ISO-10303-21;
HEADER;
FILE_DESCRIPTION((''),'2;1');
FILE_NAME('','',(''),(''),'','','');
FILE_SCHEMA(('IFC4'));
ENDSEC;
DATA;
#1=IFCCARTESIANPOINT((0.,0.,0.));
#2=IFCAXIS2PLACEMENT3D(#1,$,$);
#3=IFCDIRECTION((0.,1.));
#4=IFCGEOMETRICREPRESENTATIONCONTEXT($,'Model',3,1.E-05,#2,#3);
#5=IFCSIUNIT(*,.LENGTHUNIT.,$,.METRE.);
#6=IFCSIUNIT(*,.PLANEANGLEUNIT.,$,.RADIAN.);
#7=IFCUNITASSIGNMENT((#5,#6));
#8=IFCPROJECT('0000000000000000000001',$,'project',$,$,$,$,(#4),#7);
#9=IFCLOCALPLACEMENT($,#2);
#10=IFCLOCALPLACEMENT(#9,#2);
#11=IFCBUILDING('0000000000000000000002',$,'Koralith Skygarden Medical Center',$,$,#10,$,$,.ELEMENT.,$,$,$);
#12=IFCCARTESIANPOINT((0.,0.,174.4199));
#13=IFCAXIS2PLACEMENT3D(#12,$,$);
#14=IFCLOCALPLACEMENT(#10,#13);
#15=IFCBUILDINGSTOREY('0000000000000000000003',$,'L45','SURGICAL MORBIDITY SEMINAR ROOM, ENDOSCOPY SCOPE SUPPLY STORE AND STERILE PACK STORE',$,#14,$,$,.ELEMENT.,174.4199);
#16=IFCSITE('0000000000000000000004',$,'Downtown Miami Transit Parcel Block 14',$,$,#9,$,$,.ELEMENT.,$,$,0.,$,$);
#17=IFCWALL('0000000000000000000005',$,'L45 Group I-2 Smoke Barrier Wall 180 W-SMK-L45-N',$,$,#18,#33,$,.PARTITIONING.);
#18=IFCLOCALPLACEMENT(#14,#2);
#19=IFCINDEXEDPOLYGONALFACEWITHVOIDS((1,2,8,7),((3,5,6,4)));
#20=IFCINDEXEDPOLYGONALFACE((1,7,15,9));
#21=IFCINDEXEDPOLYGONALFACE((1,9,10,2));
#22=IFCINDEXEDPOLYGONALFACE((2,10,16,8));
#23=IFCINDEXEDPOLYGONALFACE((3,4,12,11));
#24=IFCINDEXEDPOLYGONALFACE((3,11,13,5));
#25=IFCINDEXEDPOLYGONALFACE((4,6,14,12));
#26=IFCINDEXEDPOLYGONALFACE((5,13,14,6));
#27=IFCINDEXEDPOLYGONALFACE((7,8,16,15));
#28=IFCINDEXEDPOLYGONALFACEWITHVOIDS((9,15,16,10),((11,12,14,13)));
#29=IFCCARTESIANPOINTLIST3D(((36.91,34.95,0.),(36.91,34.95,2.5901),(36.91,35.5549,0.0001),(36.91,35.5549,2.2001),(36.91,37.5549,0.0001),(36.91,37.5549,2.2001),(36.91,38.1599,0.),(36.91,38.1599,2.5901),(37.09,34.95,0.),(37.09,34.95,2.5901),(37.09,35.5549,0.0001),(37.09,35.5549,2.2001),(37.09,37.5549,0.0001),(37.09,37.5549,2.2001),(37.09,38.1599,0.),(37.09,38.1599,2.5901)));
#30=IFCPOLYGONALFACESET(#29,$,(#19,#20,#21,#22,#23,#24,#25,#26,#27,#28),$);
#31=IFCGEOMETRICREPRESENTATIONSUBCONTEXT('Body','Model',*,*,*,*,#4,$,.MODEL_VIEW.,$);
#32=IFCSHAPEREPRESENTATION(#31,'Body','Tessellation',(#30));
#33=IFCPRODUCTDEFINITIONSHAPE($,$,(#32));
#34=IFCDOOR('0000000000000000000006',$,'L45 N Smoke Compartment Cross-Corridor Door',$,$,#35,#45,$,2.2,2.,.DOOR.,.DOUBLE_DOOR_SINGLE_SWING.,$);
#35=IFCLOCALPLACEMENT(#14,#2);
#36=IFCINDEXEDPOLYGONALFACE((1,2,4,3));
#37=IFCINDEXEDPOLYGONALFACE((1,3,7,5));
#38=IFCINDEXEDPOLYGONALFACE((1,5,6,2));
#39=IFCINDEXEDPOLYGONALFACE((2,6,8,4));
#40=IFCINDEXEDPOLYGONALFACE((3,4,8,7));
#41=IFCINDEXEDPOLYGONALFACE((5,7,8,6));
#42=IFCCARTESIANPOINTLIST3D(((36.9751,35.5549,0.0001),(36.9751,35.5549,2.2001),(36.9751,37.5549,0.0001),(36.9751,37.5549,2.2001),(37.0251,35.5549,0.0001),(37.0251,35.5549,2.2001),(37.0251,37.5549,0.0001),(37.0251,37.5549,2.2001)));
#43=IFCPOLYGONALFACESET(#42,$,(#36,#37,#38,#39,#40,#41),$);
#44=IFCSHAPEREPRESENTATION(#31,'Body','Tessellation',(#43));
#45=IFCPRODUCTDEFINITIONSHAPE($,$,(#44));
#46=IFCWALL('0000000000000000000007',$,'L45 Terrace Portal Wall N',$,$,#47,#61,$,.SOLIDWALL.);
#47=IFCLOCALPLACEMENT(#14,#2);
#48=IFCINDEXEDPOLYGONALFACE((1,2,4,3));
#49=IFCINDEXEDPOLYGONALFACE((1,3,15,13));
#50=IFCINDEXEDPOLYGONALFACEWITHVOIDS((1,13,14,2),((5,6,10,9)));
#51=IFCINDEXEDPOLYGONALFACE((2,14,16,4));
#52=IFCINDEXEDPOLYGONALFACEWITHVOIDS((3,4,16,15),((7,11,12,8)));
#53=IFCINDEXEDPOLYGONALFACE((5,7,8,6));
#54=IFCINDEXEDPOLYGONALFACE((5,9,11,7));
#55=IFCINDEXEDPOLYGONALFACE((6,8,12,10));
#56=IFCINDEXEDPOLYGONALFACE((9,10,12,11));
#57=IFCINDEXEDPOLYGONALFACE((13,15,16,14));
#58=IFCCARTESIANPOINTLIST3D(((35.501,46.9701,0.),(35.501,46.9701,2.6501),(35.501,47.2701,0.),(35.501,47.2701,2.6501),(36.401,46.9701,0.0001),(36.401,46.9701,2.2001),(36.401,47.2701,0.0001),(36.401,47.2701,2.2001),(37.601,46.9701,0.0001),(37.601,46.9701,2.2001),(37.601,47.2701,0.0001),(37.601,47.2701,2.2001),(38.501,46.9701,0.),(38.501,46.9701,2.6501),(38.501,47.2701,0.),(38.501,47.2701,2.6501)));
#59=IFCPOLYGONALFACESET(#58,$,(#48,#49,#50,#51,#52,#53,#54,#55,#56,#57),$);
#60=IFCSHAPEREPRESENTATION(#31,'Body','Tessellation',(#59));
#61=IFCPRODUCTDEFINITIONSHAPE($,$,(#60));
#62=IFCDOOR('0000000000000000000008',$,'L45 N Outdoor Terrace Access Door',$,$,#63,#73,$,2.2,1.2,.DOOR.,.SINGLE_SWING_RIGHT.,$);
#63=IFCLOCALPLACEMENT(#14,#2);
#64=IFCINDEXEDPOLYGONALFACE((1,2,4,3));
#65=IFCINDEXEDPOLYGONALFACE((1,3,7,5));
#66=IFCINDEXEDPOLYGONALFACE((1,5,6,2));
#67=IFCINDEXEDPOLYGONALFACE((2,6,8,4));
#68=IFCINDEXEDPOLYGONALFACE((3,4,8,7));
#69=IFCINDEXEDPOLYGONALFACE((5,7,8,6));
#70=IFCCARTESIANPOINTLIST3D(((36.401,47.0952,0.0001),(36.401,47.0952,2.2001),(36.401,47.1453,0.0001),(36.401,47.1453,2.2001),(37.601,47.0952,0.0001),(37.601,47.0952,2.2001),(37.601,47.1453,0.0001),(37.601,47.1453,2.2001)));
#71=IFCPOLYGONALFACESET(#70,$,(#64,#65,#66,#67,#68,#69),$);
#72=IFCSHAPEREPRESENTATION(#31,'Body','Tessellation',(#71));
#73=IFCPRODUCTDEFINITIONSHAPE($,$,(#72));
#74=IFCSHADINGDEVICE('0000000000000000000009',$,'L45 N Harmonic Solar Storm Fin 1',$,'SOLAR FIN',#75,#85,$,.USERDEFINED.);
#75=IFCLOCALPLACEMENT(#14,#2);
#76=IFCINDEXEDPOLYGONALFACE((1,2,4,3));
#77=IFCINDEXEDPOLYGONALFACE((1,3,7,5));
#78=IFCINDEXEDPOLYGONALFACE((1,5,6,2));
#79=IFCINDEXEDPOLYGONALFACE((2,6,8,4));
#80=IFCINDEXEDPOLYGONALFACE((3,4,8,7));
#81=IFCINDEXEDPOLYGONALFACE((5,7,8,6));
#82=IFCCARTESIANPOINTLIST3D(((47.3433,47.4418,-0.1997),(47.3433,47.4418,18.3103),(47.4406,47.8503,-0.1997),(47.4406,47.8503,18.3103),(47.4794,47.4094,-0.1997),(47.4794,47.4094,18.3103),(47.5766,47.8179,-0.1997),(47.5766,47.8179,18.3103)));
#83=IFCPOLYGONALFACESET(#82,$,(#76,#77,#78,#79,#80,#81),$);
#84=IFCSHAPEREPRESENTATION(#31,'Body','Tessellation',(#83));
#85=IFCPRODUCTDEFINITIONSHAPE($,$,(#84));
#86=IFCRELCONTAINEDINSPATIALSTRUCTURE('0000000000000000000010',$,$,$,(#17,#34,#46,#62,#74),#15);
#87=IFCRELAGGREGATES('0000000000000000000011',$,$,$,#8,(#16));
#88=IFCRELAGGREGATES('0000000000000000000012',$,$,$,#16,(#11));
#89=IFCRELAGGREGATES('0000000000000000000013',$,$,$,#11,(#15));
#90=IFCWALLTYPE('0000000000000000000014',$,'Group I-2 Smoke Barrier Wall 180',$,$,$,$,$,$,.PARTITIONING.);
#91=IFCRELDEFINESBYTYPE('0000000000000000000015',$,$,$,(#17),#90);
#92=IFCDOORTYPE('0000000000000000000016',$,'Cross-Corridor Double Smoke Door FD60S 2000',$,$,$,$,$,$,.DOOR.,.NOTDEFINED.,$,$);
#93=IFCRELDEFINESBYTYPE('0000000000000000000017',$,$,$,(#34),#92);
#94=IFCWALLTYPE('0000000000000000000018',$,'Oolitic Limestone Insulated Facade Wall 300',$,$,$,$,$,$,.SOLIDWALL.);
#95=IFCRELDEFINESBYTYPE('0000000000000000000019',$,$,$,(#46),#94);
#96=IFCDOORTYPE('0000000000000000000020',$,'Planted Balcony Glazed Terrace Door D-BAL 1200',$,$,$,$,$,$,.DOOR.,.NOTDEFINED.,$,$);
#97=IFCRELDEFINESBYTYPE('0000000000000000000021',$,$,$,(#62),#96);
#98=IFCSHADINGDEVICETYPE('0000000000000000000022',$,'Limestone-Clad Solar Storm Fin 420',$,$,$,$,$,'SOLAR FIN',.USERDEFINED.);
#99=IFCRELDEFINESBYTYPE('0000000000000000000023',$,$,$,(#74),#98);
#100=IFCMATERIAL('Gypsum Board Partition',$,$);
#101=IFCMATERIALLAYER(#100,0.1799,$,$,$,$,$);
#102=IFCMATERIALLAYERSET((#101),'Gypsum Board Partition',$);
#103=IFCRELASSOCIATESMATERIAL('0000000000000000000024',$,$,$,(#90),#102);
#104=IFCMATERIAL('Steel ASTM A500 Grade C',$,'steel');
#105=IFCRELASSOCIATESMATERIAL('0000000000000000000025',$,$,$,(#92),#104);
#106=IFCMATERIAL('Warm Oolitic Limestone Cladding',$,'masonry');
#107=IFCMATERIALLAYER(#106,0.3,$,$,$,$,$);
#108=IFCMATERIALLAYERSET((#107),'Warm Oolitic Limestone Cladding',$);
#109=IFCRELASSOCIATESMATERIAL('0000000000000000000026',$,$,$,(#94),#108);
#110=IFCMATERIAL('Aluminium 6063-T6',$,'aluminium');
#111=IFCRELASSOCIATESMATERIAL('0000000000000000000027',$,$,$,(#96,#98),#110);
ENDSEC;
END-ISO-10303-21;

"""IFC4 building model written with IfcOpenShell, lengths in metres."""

from ifc_helpers import new_model, si_unit, direction, frame, frame_2d, origin, origin_2d, place, context, subcontext, project, spatial, rectangle, extrude, material, layer, layer_set, type_object, element, fill, save


model = new_model("IFC4")

# Units and contexts
model_context = context("Model", 3, precision=1e-05, world=origin(), true_north=direction((0.0, 1.0)))
body_context = subcontext(model_context, "Body", "Model", "MODEL_VIEW")
ifc_project = project(units=[si_unit("LENGTHUNIT", "METRE"), si_unit("PLANEANGLEUNIT", "RADIAN")], contexts=[model_context])

# Site, building, storey
site_placement = place(None, origin())
site = spatial("IfcSite", under=ifc_project, at=site_placement, Name="Downtown Miami Transit Parcel Block 14", CompositionType="ELEMENT", RefElevation=0.0)
building_placement = place(site_placement, origin())
building = spatial("IfcBuilding", under=site, at=building_placement, Name="Koralith Skygarden Medical Center", CompositionType="ELEMENT")
storey_placement = place(building_placement, frame((0.0, 0.0, 174.4199)))
storey = spatial("IfcBuildingStorey", under=building, at=storey_placement, Name="L45", Description="SURGICAL MORBIDITY SEMINAR ROOM, ENDOSCOPY SCOPE SUPPLY STORE AND STERILE PACK STORE", CompositionType="ELEMENT", Elevation=174.4199)

# Shared definitions
ifc_material_1 = material(Name="Aluminium 6063-T6", Category="aluminium")

# Shared definitions
ifc_material_2 = material(Name="Gypsum Board Partition")

# Walls, openings, doors
ifc_layer_1 = layer(ifc_material_2, 0.1799)
ifc_layer_set_1 = layer_set([ifc_layer_1], Name="Gypsum Board Partition")
wall_type_1 = type_object("IfcWallType", Name="Group I-2 Smoke Barrier Wall 180", PredefinedType="PARTITIONING", material=ifc_layer_set_1)
wall_1_placement = place(storey_placement, frame((37.0, 34.95, 0.0), z_axis=(0.0, 0.0, 1.0), x_axis=(0.0, 1.0, 0.0)))
wall_1 = element("IfcWall", 1, at=wall_1_placement, inside=storey, type_object=wall_type_1, Name="L45 Group I-2 Smoke Barrier Wall 180 W-SMK-L45-N", PredefinedType="PARTITIONING", context=body_context, shape_type="SweptSolid", body=[
    extrude(rectangle(XDim=3.21, YDim=0.1799, at=frame_2d((1.605, 0.0))), origin(), (0.0, 0.0, 1.0), 2.5901),
])
opening_1_placement = place(wall_1_placement, frame((0.605, 0.0, 0.0)))
opening_1 = element("IfcOpeningElement", 2, at=opening_1_placement, cuts=wall_1, PredefinedType="OPENING", context=body_context, shape_type="SweptSolid", body=[
    extrude(rectangle(XDim=2.0, YDim=2.2, at=frame_2d((1.0, 1.1001))), frame((0.0, 0.0999, 0.0), z_axis=(0.0, -1.0, 0.0), x_axis=(1.0, 0.0, 0.0)), (0.0, 0.0, 1.0), 0.2),
])
ifc_material_3 = material(Name="Steel ASTM A500 Grade C", Category="steel")
door_type_1 = type_object("IfcDoorType", Name="Cross-Corridor Double Smoke Door FD60S 2000", OperationType="NOTDEFINED", PredefinedType="DOOR", material=ifc_material_3)
door_1_placement = place(opening_1_placement, origin())
door_1 = element("IfcDoor", 3, at=door_1_placement, inside=storey, type_object=door_type_1, Name="L45 N Smoke Compartment Cross-Corridor Door", OperationType="DOUBLE_DOOR_SINGLE_SWING", OverallHeight=2.2, OverallWidth=2.0, PredefinedType="DOOR", context=body_context, shape_type="SweptSolid", body=[
    extrude(rectangle(XDim=2.0, YDim=2.2, at=frame_2d((1.0, 1.1001))), frame((0.0, 0.0249, 0.0), z_axis=(0.0, -1.0, 0.0), x_axis=(1.0, 0.0, 0.0)), (0.0, 0.0, 1.0), 0.05),
])
fill(opening_1, door_1)
ifc_material_4 = material(Name="Warm Oolitic Limestone Cladding", Category="masonry")
ifc_layer_2 = layer(ifc_material_4, 0.3)
ifc_layer_set_2 = layer_set([ifc_layer_2], Name="Warm Oolitic Limestone Cladding")
wall_type_2 = type_object("IfcWallType", Name="Oolitic Limestone Insulated Facade Wall 300", PredefinedType="SOLIDWALL", material=ifc_layer_set_2)
wall_2_placement = place(storey_placement, frame((38.501, 47.1201, 0.0), z_axis=(0.0, 0.0, 1.0), x_axis=(-1.0, 0.0, 0.0)))
wall_2 = element("IfcWall", 4, at=wall_2_placement, inside=storey, type_object=wall_type_2, Name="L45 Terrace Portal Wall N", PredefinedType="SOLIDWALL", context=body_context, shape_type="SweptSolid", body=[
    extrude(rectangle(XDim=3.0, YDim=0.3, at=frame_2d((1.5, 0.0))), origin(), (0.0, 0.0, 1.0), 2.6501),
])
opening_2_placement = place(wall_2_placement, frame((0.8999, 0.0, 0.0)))
opening_2 = element("IfcOpeningElement", 5, at=opening_2_placement, cuts=wall_2, PredefinedType="OPENING", context=body_context, shape_type="SweptSolid", body=[
    extrude(rectangle(XDim=1.2, YDim=2.2, at=frame_2d((0.6001, 1.1001))), frame((0.0, 0.1599, 0.0), z_axis=(0.0, -1.0, 0.0), x_axis=(1.0, 0.0, 0.0)), (0.0, 0.0, 1.0), 0.3201),
])
door_type_2 = type_object("IfcDoorType", Name="Planted Balcony Glazed Terrace Door D-BAL 1200", OperationType="NOTDEFINED", PredefinedType="DOOR", material=ifc_material_1)
door_2_placement = place(opening_2_placement, origin())
door_2 = element("IfcDoor", 6, at=door_2_placement, inside=storey, type_object=door_type_2, Name="L45 N Outdoor Terrace Access Door", OperationType="SINGLE_SWING_RIGHT", OverallHeight=2.2, OverallWidth=1.2, PredefinedType="DOOR", context=body_context, shape_type="SweptSolid", body=[
    extrude(rectangle(XDim=1.2, YDim=2.2, at=frame_2d((0.6001, 1.1001))), frame((0.0, 0.0249, 0.0), z_axis=(0.0, -1.0, 0.0), x_axis=(1.0, 0.0, 0.0)), (0.0, 0.0, 1.0), 0.05),
])
fill(opening_2, door_2)

# Shading device
shading_device_type_1 = type_object("IfcShadingDeviceType", Name="Limestone-Clad Solar Storm Fin 420", ElementType="SOLAR FIN", PredefinedType="USERDEFINED", material=ifc_material_1)
shading_device_1_placement = place(storey_placement, frame((47.46, 47.6299, -0.1997), z_axis=(0.0, 0.0, 1.0), x_axis=(0.231646, 0.9728, 0.0)))
element("IfcShadingDevice", 7, at=shading_device_1_placement, inside=storey, type_object=shading_device_type_1, Name="L45 N Harmonic Solar Storm Fin 1", ObjectType="SOLAR FIN", PredefinedType="USERDEFINED", context=body_context, shape_type="SweptSolid", body=[
    extrude(rectangle(XDim=0.4199, YDim=0.1399, at=origin_2d()), origin(), (0.0, 0.0, 1.0), 18.51),
])

save(model, "model.ifc")
